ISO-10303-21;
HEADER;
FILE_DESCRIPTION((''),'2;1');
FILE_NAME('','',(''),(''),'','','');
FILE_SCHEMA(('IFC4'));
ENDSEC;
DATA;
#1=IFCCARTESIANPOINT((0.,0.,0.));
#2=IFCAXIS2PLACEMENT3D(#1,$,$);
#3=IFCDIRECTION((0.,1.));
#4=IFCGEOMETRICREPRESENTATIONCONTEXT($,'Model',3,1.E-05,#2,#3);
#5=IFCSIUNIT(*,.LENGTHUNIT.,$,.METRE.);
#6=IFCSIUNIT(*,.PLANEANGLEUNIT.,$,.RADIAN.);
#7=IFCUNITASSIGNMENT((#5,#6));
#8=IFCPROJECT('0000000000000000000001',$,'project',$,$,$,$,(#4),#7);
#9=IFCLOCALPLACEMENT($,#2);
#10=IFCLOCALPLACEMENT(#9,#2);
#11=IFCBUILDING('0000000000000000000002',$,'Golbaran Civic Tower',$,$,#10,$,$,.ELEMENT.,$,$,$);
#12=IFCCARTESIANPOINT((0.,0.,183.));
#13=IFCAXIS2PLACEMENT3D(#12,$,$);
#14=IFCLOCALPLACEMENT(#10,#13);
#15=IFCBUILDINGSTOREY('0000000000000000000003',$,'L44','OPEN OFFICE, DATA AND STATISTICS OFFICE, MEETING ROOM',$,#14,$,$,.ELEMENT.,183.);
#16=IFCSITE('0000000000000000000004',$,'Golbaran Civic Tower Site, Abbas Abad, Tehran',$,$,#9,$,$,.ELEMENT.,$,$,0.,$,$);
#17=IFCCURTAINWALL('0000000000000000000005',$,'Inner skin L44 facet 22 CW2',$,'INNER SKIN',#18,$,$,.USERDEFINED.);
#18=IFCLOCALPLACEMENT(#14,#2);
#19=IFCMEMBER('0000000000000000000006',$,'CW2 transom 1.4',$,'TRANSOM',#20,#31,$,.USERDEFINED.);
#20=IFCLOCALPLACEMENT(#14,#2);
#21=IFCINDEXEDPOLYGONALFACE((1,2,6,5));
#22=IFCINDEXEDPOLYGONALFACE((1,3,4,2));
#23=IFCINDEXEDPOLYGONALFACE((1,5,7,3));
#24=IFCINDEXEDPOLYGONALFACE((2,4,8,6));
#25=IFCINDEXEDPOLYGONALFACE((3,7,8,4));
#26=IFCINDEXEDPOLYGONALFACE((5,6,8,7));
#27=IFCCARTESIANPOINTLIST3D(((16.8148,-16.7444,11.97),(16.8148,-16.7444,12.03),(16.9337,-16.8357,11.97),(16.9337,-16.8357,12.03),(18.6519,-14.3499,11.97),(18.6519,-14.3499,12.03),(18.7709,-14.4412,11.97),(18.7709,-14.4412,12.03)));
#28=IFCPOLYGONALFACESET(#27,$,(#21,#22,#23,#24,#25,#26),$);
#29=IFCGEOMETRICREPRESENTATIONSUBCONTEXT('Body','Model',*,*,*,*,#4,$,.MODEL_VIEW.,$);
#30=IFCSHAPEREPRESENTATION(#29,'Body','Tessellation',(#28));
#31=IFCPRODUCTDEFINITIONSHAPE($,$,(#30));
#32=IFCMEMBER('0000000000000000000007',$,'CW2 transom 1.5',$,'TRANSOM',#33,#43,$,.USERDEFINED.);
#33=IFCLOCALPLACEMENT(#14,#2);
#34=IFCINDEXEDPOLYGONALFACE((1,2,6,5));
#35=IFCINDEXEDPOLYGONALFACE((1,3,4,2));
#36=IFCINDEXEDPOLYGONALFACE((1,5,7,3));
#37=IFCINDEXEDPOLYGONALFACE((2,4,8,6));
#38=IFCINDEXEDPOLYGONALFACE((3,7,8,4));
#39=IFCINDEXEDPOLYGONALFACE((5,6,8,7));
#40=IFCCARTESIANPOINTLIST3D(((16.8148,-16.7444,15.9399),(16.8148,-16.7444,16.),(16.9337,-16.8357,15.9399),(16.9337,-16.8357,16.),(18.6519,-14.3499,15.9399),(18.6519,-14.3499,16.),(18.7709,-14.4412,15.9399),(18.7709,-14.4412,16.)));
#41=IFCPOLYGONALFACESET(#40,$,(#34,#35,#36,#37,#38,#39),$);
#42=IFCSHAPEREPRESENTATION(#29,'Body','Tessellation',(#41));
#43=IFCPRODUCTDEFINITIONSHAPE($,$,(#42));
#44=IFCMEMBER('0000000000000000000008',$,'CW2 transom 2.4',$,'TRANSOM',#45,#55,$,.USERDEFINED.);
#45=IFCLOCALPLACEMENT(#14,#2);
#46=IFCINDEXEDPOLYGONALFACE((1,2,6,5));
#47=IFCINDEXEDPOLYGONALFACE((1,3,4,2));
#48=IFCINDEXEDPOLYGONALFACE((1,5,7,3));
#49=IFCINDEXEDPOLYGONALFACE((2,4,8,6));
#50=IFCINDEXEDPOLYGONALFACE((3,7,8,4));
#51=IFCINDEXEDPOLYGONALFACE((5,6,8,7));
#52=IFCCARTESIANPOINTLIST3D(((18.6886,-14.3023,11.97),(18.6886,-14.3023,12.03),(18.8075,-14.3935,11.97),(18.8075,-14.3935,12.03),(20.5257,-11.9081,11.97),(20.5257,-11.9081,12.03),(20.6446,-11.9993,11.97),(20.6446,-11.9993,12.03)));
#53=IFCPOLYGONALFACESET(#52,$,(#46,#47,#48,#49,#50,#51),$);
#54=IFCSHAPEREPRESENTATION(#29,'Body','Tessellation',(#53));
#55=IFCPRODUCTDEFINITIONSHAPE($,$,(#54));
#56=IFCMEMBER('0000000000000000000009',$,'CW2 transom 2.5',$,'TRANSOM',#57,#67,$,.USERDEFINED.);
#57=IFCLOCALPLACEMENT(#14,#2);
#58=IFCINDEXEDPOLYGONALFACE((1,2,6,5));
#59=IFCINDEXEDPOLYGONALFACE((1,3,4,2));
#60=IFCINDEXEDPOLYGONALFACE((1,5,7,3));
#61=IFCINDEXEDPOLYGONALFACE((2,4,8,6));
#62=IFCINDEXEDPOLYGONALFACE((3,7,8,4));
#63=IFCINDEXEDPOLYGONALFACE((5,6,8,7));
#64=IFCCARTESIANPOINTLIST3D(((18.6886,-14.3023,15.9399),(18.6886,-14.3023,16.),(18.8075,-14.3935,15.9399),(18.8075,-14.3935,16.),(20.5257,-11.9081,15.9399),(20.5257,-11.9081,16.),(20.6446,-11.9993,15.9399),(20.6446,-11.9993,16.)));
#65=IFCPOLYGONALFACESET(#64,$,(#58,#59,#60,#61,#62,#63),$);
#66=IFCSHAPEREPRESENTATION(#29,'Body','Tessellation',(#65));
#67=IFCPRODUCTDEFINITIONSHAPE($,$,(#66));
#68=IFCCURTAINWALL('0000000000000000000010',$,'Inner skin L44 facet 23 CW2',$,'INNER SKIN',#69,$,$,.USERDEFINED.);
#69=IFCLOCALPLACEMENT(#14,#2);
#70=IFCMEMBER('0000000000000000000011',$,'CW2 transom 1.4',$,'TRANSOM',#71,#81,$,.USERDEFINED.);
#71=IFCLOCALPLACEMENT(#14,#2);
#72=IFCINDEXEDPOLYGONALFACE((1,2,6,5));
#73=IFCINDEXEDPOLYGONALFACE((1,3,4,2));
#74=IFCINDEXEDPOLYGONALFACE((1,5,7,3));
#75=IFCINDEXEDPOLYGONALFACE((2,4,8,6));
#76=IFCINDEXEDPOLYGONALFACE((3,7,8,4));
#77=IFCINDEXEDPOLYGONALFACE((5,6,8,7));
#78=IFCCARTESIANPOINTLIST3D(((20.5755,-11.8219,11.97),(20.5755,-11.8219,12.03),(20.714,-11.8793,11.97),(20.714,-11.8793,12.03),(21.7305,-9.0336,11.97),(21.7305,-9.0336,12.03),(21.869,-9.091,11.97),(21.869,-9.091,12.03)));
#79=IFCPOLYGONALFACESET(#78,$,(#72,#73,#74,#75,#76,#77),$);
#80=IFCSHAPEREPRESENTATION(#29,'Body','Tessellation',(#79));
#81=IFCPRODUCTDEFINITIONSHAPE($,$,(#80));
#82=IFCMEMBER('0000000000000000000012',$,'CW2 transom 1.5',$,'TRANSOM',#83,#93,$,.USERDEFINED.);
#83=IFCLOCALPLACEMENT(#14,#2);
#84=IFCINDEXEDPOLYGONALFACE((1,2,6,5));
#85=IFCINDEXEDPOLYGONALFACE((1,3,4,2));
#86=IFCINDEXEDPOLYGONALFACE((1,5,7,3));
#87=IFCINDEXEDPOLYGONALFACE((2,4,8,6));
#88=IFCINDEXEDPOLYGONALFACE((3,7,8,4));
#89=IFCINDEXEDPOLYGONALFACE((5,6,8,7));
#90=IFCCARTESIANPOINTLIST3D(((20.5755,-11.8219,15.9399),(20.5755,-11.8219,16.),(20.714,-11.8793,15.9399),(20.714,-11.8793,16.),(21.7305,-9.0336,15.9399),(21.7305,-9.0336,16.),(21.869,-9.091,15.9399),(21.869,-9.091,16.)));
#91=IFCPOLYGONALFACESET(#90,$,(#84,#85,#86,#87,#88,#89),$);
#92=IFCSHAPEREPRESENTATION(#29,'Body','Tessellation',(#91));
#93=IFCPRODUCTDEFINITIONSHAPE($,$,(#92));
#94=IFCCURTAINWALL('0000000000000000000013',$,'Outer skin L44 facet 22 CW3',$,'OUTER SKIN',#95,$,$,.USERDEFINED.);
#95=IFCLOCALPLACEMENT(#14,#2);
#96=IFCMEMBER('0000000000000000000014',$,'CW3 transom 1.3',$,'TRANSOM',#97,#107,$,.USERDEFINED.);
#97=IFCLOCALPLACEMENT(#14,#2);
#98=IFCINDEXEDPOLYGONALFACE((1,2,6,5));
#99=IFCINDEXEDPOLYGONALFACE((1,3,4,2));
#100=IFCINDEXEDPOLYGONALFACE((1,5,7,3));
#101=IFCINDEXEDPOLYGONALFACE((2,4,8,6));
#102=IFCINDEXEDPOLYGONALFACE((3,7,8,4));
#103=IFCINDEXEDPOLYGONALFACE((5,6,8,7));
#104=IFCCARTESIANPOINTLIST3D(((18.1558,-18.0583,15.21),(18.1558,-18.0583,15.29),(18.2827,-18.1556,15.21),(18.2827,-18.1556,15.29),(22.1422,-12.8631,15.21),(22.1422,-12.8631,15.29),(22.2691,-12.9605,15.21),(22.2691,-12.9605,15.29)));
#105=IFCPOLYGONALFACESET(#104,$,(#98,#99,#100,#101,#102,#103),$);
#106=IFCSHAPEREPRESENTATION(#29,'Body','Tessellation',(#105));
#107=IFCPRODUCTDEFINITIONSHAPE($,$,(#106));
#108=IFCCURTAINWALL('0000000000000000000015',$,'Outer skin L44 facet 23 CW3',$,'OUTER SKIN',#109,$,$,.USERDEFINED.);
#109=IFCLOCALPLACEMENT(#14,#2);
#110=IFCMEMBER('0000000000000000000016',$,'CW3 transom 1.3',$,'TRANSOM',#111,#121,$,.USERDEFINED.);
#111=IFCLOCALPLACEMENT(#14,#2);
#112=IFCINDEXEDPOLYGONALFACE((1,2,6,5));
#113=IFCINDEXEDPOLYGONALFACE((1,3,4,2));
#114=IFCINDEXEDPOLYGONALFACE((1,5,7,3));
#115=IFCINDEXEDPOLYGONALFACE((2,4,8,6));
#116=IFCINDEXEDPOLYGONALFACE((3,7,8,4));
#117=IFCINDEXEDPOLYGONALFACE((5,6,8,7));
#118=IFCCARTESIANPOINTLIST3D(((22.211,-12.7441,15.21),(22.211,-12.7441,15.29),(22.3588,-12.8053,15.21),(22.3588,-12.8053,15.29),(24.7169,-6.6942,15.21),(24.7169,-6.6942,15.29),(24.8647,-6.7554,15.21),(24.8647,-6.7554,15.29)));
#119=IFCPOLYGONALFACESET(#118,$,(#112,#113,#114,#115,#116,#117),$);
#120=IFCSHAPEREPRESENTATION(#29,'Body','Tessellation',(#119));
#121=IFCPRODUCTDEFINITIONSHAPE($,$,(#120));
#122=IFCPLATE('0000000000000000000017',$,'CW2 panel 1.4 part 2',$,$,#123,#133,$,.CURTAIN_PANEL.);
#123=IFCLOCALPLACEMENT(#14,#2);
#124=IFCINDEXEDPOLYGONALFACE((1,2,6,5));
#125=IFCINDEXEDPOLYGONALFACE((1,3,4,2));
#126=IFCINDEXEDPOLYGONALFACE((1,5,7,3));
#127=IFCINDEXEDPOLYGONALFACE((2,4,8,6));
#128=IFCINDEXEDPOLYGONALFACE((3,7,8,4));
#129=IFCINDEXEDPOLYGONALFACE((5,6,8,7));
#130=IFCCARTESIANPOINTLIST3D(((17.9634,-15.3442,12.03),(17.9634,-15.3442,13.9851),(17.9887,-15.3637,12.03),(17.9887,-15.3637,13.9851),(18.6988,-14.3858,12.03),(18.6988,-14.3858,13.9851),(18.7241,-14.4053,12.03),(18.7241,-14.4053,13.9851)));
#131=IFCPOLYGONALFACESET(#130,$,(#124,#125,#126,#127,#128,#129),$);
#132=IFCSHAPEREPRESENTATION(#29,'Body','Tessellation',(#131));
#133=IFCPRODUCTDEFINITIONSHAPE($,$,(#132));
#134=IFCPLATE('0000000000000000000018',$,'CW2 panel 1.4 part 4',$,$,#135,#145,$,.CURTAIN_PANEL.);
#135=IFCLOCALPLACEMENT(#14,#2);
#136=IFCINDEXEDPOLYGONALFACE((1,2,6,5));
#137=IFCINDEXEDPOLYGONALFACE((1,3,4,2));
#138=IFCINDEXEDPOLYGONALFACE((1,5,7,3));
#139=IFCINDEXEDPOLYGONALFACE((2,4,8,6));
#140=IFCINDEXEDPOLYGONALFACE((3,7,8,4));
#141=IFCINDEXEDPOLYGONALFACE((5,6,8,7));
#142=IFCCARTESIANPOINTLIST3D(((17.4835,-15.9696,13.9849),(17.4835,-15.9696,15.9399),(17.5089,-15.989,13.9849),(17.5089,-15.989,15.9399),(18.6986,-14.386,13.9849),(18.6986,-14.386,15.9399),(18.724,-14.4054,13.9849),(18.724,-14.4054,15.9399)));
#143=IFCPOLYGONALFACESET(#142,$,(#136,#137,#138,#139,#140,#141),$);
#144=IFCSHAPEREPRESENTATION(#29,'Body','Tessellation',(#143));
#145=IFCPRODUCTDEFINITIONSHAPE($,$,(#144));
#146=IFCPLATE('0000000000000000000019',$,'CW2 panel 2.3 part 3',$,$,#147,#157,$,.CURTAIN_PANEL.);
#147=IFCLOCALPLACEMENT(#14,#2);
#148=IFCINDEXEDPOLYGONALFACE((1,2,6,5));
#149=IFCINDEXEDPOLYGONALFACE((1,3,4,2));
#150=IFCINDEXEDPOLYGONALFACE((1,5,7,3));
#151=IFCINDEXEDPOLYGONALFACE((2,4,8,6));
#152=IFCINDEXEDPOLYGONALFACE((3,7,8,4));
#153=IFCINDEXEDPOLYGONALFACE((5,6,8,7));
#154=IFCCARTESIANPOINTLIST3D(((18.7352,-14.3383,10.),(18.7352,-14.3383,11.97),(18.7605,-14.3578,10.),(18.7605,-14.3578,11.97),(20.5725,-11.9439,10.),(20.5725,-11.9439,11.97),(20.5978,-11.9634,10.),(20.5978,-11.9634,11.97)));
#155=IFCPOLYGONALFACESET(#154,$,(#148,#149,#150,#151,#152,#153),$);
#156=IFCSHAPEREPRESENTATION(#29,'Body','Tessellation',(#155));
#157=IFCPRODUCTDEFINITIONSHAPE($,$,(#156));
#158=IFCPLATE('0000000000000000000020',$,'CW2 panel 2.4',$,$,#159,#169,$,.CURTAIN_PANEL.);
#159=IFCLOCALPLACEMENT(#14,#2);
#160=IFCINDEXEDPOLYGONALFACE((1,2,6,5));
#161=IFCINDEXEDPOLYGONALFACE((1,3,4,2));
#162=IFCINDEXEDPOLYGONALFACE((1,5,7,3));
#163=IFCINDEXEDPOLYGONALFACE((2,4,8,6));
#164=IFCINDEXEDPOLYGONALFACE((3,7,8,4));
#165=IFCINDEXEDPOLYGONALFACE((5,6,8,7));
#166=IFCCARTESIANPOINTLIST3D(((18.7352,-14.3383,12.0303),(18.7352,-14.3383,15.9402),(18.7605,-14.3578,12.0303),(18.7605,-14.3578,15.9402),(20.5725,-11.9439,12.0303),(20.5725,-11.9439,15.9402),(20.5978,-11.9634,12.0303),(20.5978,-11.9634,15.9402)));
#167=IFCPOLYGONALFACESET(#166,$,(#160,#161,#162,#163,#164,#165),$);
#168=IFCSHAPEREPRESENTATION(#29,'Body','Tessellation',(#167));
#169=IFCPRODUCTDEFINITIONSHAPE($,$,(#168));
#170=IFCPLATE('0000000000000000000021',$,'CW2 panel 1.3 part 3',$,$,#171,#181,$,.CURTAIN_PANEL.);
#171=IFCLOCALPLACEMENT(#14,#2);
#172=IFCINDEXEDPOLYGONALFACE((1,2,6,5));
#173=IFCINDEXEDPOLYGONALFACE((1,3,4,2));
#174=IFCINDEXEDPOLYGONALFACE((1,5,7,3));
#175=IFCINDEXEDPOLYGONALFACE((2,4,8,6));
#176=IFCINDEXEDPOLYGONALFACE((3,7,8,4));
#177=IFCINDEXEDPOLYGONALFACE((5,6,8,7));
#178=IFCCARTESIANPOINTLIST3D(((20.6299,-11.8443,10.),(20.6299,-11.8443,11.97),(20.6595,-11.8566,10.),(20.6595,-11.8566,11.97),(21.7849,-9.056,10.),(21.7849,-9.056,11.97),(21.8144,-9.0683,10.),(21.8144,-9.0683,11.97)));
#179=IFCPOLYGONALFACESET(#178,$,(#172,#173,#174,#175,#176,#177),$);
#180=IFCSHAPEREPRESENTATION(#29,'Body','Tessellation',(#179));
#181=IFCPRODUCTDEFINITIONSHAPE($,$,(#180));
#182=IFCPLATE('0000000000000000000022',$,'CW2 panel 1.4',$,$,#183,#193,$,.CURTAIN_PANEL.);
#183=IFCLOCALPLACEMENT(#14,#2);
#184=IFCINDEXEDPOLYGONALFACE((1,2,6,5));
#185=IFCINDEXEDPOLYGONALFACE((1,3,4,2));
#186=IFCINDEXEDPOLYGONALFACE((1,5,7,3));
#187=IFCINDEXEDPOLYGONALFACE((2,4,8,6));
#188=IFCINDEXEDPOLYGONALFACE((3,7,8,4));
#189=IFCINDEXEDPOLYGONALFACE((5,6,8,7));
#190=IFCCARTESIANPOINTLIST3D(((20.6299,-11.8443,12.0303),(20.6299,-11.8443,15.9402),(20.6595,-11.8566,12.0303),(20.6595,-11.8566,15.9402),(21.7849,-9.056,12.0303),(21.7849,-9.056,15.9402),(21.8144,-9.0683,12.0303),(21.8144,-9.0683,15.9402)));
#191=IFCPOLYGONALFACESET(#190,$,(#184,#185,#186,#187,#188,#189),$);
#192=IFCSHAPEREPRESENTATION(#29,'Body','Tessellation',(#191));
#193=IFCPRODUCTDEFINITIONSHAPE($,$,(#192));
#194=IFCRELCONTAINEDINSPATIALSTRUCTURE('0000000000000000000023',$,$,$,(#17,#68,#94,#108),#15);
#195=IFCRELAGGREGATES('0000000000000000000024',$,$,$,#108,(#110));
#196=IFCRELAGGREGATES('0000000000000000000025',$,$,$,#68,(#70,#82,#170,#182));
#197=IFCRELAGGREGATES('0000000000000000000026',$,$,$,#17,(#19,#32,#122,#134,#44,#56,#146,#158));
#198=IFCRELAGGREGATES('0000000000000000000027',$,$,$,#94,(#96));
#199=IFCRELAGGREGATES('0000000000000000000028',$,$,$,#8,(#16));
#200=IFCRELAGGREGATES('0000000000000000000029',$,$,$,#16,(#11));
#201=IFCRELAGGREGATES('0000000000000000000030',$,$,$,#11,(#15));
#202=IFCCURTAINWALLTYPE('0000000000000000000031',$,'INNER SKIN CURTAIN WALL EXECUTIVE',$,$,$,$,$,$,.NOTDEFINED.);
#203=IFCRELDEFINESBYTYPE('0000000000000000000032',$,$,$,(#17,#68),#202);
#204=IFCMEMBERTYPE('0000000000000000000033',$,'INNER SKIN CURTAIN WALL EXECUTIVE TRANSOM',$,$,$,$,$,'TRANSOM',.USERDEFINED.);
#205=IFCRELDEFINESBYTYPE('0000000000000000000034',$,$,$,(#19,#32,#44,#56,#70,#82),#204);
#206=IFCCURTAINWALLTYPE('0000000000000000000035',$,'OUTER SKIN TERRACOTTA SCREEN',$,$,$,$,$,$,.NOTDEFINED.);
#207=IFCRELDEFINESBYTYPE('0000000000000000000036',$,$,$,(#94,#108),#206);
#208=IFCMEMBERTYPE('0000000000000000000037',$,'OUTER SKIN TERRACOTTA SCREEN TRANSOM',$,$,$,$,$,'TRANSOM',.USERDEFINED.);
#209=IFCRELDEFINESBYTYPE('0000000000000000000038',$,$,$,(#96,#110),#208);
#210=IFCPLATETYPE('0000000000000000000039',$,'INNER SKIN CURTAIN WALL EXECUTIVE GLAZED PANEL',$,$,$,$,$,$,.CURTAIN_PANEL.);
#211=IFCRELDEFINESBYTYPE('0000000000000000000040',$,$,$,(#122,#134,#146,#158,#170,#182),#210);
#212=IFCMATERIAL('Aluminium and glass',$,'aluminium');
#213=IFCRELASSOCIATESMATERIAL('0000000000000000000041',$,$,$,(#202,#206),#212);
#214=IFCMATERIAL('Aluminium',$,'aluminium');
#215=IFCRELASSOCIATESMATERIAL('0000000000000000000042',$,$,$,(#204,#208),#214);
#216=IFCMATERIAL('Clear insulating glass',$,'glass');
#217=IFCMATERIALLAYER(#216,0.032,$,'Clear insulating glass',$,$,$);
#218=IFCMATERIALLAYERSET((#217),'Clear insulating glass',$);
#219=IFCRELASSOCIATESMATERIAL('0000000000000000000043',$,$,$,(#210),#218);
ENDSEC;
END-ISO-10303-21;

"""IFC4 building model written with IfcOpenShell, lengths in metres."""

from ifc_helpers import new_model, si_unit, direction, frame, origin, origin_2d, place, context, subcontext, project, spatial, rectangle, extrude, material, layer, layer_set, material_profile, profile_set, type_object, element, aggregate, save


model = new_model("IFC4")

# Units and contexts
model_context = context("Model", 3, precision=1e-05, world=origin(), true_north=direction((0.0, 1.0)))
body_context = subcontext(model_context, "Body", "Model", "MODEL_VIEW")
ifc_project = project(units=[si_unit("LENGTHUNIT", "METRE"), si_unit("PLANEANGLEUNIT", "RADIAN")], contexts=[model_context])

# Site, building, storey
site_placement = place(None, origin())
site = spatial("IfcSite", under=ifc_project, at=site_placement, Name="Golbaran Civic Tower Site, Abbas Abad, Tehran", CompositionType="ELEMENT", RefElevation=0.0)
building_placement = place(site_placement, origin())
building = spatial("IfcBuilding", under=site, at=building_placement, Name="Golbaran Civic Tower", CompositionType="ELEMENT")
storey_placement = place(building_placement, frame((0.0, 0.0, 183.0)))
storey = spatial("IfcBuildingStorey", under=building, at=storey_placement, Name="L44", Description="OPEN OFFICE, DATA AND STATISTICS OFFICE, MEETING ROOM", CompositionType="ELEMENT", Elevation=183.0)

# Curtain walls, members
ifc_material_1 = material(Name="Aluminium and glass", Category="aluminium")
curtain_wall_type_1 = type_object("IfcCurtainWallType", Name="INNER SKIN CURTAIN WALL EXECUTIVE", PredefinedType="NOTDEFINED", material=ifc_material_1)
curtain_wall_1_placement = place(storey_placement, origin())
curtain_wall_1 = element("IfcCurtainWall", 1, at=curtain_wall_1_placement, inside=storey, type_object=curtain_wall_type_1, Name="Inner skin L44 facet 22 CW2", ObjectType="INNER SKIN", PredefinedType="USERDEFINED")
ifc_material_2 = material(Name="Aluminium", Category="aluminium")
ifc_material_profile_1 = material_profile(ifc_material_2, rectangle(XDim=0.1499, YDim=0.0601, at=origin_2d()), Name="INNER SKIN CURTAIN WALL EXECUTIVE TRANSOM")
ifc_profile_set_1 = profile_set([ifc_material_profile_1], Name="Aluminium")
member_type_1 = type_object("IfcMemberType", Name="INNER SKIN CURTAIN WALL EXECUTIVE TRANSOM", ElementType="TRANSOM", PredefinedType="USERDEFINED", material=ifc_profile_set_1)
member_1_placement = place(storey_placement, frame((16.8743, -16.79, 12.0), z_axis=(0.608713, 0.79339, 0.0), x_axis=(-0.79339, 0.608713, 0.0)))
member_1 = element("IfcMember", 2, at=member_1_placement, type_object=member_type_1, Name="CW2 transom 1.4", ObjectType="TRANSOM", PredefinedType="USERDEFINED", context=body_context, shape_type="SweptSolid", body=[
    extrude(rectangle(XDim=0.1499, YDim=0.0601, at=origin_2d()), origin(), (0.0, 0.0, 1.0), 3.0181),
])
member_2_placement = place(storey_placement, frame((16.8743, -16.79, 15.97), z_axis=(0.608713, 0.79339, 0.0), x_axis=(-0.79339, 0.608713, 0.0)))
member_2 = element("IfcMember", 3, at=member_2_placement, type_object=member_type_1, Name="CW2 transom 1.5", ObjectType="TRANSOM", PredefinedType="USERDEFINED", context=body_context, shape_type="SweptSolid", body=[
    extrude(rectangle(XDim=0.1499, YDim=0.0601, at=origin_2d()), origin(), (0.0, 0.0, 1.0), 3.0181),
])
member_3_placement = place(storey_placement, frame((18.748, -14.3479, 12.0), z_axis=(0.608752, 0.79336, 0.0), x_axis=(-0.79336, 0.608752, 0.0)))
member_3 = element("IfcMember", 4, at=member_3_placement, type_object=member_type_1, Name="CW2 transom 2.4", ObjectType="TRANSOM", PredefinedType="USERDEFINED", context=body_context, shape_type="SweptSolid", body=[
    extrude(rectangle(XDim=0.1499, YDim=0.0601, at=origin_2d()), origin(), (0.0, 0.0, 1.0), 3.0178),
])
member_4_placement = place(storey_placement, frame((18.748, -14.3479, 15.97), z_axis=(0.608752, 0.79336, 0.0), x_axis=(-0.79336, 0.608752, 0.0)))
member_4 = element("IfcMember", 5, at=member_4_placement, type_object=member_type_1, Name="CW2 transom 2.5", ObjectType="TRANSOM", PredefinedType="USERDEFINED", context=body_context, shape_type="SweptSolid", body=[
    extrude(rectangle(XDim=0.1499, YDim=0.0601, at=origin_2d()), origin(), (0.0, 0.0, 1.0), 3.0178),
])
curtain_wall_2_placement = place(storey_placement, origin())
curtain_wall_2 = element("IfcCurtainWall", 6, at=curtain_wall_2_placement, inside=storey, type_object=curtain_wall_type_1, Name="Inner skin L44 facet 23 CW2", ObjectType="INNER SKIN", PredefinedType="USERDEFINED")
member_5_placement = place(storey_placement, frame((20.6448, -11.8506, 12.0), z_axis=(0.382702, 0.923872, 0.0), x_axis=(-0.923872, 0.382702, 0.0)))
member_5 = element("IfcMember", 7, at=member_5_placement, type_object=member_type_1, Name="CW2 transom 1.4", ObjectType="TRANSOM", PredefinedType="USERDEFINED", context=body_context, shape_type="SweptSolid", body=[
    extrude(rectangle(XDim=0.1499, YDim=0.0601, at=origin_2d()), origin(), (0.0, 0.0, 1.0), 3.0181),
])
member_6_placement = place(storey_placement, frame((20.6448, -11.8506, 15.97), z_axis=(0.382702, 0.923872, 0.0), x_axis=(-0.923872, 0.382702, 0.0)))
member_6 = element("IfcMember", 8, at=member_6_placement, type_object=member_type_1, Name="CW2 transom 1.5", ObjectType="TRANSOM", PredefinedType="USERDEFINED", context=body_context, shape_type="SweptSolid", body=[
    extrude(rectangle(XDim=0.1499, YDim=0.0601, at=origin_2d()), origin(), (0.0, 0.0, 1.0), 3.0181),
])

# Curtain walls, members
curtain_wall_type_2 = type_object("IfcCurtainWallType", Name="OUTER SKIN TERRACOTTA SCREEN", PredefinedType="NOTDEFINED", material=ifc_material_1)
curtain_wall_3_placement = place(storey_placement, origin())
curtain_wall_3 = element("IfcCurtainWall", 9, at=curtain_wall_3_placement, inside=storey, type_object=curtain_wall_type_2, Name="Outer skin L44 facet 22 CW3", ObjectType="OUTER SKIN", PredefinedType="USERDEFINED")
ifc_material_profile_2 = material_profile(ifc_material_2, rectangle(XDim=0.1599, YDim=0.0801, at=origin_2d()), Name="OUTER SKIN TERRACOTTA SCREEN TRANSOM")
ifc_profile_set_2 = profile_set([ifc_material_profile_2], Name="Aluminium")
member_type_2 = type_object("IfcMemberType", Name="OUTER SKIN TERRACOTTA SCREEN TRANSOM", ElementType="TRANSOM", PredefinedType="USERDEFINED", material=ifc_profile_set_2)
member_7_placement = place(storey_placement, frame((18.2192, -18.1069, 15.25), z_axis=(0.608763, 0.793352, 0.0), x_axis=(-0.793352, 0.608763, 0.0)))
member_7 = element("IfcMember", 10, at=member_7_placement, type_object=member_type_2, Name="CW3 transom 1.3", ObjectType="TRANSOM", PredefinedType="USERDEFINED", context=body_context, shape_type="SweptSolid", body=[
    extrude(rectangle(XDim=0.1599, YDim=0.0801, at=origin_2d()), origin(), (0.0, 0.0, 1.0), 6.5483),
])
curtain_wall_4_placement = place(storey_placement, origin())
curtain_wall_4 = element("IfcCurtainWall", 11, at=curtain_wall_4_placement, inside=storey, type_object=curtain_wall_type_2, Name="Outer skin L44 facet 23 CW3", ObjectType="OUTER SKIN", PredefinedType="USERDEFINED")
member_8_placement = place(storey_placement, frame((22.2849, -12.7747, 15.25), z_axis=(0.382677, 0.923882, 0.0), x_axis=(-0.923882, 0.382677, 0.0)))
member_8 = element("IfcMember", 12, at=member_8_placement, type_object=member_type_2, Name="CW3 transom 1.3", ObjectType="TRANSOM", PredefinedType="USERDEFINED", context=body_context, shape_type="SweptSolid", body=[
    extrude(rectangle(XDim=0.1599, YDim=0.0801, at=origin_2d()), origin(), (0.0, 0.0, 1.0), 6.5483),
])
aggregate(curtain_wall_4, [member_8])

# Plates
ifc_material_3 = material(Name="Clear insulating glass", Category="glass")
ifc_layer_1 = layer(ifc_material_3, 0.032, Name="Clear insulating glass")
ifc_layer_set_1 = layer_set([ifc_layer_1], Name="Clear insulating glass")
plate_type_1 = type_object("IfcPlateType", Name="INNER SKIN CURTAIN WALL EXECUTIVE GLAZED PANEL", PredefinedType="CURTAIN_PANEL", material=ifc_layer_set_1)
plate_1_placement = place(storey_placement, frame((18.3438, -14.8748, 12.03), z_axis=(0.0, 0.0, 1.0), x_axis=(0.608761, 0.793353, 0.0)))
plate_1 = element("IfcPlate", 13, at=plate_1_placement, type_object=plate_type_1, Name="CW2 panel 1.4 part 2", PredefinedType="CURTAIN_PANEL", context=body_context, shape_type="SweptSolid", body=[
    extrude(rectangle(XDim=1.208, YDim=0.032, at=origin_2d()), origin(), (0.0, 0.0, 1.0), 1.9551),
])
plate_2_placement = place(storey_placement, frame((18.1038, -15.1875, 13.9849), z_axis=(0.0, 0.0, 1.0), x_axis=(0.608761, 0.793353, 0.0)))
plate_2 = element("IfcPlate", 14, at=plate_2_placement, type_object=plate_type_1, Name="CW2 panel 1.4 part 4", PredefinedType="CURTAIN_PANEL", context=body_context, shape_type="SweptSolid", body=[
    extrude(rectangle(XDim=1.9961, YDim=0.032, at=origin_2d()), origin(), (0.0, 0.0, 1.0), 1.9551),
])
plate_3_placement = place(storey_placement, frame((19.6665, -13.1509, 10.0), z_axis=(0.0, 0.0, 1.0), x_axis=(0.608761, 0.793353, 0.0)))
plate_3 = element("IfcPlate", 15, at=plate_3_placement, type_object=plate_type_1, Name="CW2 panel 2.3 part 3", PredefinedType="CURTAIN_PANEL", context=body_context, shape_type="SweptSolid", body=[
    extrude(rectangle(XDim=3.0181, YDim=0.032, at=origin_2d()), origin(), (0.0, 0.0, 1.0), 1.97),
])
plate_4_placement = place(storey_placement, frame((19.6665, -13.1509, 12.0303), z_axis=(0.0, 0.0, 1.0), x_axis=(0.608761, 0.793353, 0.0)))
plate_4 = element("IfcPlate", 16, at=plate_4_placement, type_object=plate_type_1, Name="CW2 panel 2.4", PredefinedType="CURTAIN_PANEL", context=body_context, shape_type="SweptSolid", body=[
    extrude(rectangle(XDim=3.0181, YDim=0.032, at=origin_2d()), origin(), (0.0, 0.0, 1.0), 3.9099),
])
plate_5_placement = place(storey_placement, frame((21.2222, -10.4563, 10.0), z_axis=(0.0, 0.0, 1.0), x_axis=(0.382683, 0.92388, 0.0)))
plate_5 = element("IfcPlate", 17, at=plate_5_placement, type_object=plate_type_1, Name="CW2 panel 1.3 part 3", PredefinedType="CURTAIN_PANEL", context=body_context, shape_type="SweptSolid", body=[
    extrude(rectangle(XDim=3.0181, YDim=0.032, at=origin_2d()), origin(), (0.0, 0.0, 1.0), 1.97),
])
plate_6_placement = place(storey_placement, frame((21.2222, -10.4563, 12.0303), z_axis=(0.0, 0.0, 1.0), x_axis=(0.382683, 0.92388, 0.0)))
plate_6 = element("IfcPlate", 18, at=plate_6_placement, type_object=plate_type_1, Name="CW2 panel 1.4", PredefinedType="CURTAIN_PANEL", context=body_context, shape_type="SweptSolid", body=[
    extrude(rectangle(XDim=3.0181, YDim=0.032, at=origin_2d()), origin(), (0.0, 0.0, 1.0), 3.9099),
])
aggregate(curtain_wall_2, [member_5, member_6, plate_5, plate_6])

aggregate(curtain_wall_1, [member_1, member_2, plate_1, plate_2, member_3, member_4, plate_3, plate_4])
aggregate(curtain_wall_3, [member_7])

save(model, "model.ifc")
